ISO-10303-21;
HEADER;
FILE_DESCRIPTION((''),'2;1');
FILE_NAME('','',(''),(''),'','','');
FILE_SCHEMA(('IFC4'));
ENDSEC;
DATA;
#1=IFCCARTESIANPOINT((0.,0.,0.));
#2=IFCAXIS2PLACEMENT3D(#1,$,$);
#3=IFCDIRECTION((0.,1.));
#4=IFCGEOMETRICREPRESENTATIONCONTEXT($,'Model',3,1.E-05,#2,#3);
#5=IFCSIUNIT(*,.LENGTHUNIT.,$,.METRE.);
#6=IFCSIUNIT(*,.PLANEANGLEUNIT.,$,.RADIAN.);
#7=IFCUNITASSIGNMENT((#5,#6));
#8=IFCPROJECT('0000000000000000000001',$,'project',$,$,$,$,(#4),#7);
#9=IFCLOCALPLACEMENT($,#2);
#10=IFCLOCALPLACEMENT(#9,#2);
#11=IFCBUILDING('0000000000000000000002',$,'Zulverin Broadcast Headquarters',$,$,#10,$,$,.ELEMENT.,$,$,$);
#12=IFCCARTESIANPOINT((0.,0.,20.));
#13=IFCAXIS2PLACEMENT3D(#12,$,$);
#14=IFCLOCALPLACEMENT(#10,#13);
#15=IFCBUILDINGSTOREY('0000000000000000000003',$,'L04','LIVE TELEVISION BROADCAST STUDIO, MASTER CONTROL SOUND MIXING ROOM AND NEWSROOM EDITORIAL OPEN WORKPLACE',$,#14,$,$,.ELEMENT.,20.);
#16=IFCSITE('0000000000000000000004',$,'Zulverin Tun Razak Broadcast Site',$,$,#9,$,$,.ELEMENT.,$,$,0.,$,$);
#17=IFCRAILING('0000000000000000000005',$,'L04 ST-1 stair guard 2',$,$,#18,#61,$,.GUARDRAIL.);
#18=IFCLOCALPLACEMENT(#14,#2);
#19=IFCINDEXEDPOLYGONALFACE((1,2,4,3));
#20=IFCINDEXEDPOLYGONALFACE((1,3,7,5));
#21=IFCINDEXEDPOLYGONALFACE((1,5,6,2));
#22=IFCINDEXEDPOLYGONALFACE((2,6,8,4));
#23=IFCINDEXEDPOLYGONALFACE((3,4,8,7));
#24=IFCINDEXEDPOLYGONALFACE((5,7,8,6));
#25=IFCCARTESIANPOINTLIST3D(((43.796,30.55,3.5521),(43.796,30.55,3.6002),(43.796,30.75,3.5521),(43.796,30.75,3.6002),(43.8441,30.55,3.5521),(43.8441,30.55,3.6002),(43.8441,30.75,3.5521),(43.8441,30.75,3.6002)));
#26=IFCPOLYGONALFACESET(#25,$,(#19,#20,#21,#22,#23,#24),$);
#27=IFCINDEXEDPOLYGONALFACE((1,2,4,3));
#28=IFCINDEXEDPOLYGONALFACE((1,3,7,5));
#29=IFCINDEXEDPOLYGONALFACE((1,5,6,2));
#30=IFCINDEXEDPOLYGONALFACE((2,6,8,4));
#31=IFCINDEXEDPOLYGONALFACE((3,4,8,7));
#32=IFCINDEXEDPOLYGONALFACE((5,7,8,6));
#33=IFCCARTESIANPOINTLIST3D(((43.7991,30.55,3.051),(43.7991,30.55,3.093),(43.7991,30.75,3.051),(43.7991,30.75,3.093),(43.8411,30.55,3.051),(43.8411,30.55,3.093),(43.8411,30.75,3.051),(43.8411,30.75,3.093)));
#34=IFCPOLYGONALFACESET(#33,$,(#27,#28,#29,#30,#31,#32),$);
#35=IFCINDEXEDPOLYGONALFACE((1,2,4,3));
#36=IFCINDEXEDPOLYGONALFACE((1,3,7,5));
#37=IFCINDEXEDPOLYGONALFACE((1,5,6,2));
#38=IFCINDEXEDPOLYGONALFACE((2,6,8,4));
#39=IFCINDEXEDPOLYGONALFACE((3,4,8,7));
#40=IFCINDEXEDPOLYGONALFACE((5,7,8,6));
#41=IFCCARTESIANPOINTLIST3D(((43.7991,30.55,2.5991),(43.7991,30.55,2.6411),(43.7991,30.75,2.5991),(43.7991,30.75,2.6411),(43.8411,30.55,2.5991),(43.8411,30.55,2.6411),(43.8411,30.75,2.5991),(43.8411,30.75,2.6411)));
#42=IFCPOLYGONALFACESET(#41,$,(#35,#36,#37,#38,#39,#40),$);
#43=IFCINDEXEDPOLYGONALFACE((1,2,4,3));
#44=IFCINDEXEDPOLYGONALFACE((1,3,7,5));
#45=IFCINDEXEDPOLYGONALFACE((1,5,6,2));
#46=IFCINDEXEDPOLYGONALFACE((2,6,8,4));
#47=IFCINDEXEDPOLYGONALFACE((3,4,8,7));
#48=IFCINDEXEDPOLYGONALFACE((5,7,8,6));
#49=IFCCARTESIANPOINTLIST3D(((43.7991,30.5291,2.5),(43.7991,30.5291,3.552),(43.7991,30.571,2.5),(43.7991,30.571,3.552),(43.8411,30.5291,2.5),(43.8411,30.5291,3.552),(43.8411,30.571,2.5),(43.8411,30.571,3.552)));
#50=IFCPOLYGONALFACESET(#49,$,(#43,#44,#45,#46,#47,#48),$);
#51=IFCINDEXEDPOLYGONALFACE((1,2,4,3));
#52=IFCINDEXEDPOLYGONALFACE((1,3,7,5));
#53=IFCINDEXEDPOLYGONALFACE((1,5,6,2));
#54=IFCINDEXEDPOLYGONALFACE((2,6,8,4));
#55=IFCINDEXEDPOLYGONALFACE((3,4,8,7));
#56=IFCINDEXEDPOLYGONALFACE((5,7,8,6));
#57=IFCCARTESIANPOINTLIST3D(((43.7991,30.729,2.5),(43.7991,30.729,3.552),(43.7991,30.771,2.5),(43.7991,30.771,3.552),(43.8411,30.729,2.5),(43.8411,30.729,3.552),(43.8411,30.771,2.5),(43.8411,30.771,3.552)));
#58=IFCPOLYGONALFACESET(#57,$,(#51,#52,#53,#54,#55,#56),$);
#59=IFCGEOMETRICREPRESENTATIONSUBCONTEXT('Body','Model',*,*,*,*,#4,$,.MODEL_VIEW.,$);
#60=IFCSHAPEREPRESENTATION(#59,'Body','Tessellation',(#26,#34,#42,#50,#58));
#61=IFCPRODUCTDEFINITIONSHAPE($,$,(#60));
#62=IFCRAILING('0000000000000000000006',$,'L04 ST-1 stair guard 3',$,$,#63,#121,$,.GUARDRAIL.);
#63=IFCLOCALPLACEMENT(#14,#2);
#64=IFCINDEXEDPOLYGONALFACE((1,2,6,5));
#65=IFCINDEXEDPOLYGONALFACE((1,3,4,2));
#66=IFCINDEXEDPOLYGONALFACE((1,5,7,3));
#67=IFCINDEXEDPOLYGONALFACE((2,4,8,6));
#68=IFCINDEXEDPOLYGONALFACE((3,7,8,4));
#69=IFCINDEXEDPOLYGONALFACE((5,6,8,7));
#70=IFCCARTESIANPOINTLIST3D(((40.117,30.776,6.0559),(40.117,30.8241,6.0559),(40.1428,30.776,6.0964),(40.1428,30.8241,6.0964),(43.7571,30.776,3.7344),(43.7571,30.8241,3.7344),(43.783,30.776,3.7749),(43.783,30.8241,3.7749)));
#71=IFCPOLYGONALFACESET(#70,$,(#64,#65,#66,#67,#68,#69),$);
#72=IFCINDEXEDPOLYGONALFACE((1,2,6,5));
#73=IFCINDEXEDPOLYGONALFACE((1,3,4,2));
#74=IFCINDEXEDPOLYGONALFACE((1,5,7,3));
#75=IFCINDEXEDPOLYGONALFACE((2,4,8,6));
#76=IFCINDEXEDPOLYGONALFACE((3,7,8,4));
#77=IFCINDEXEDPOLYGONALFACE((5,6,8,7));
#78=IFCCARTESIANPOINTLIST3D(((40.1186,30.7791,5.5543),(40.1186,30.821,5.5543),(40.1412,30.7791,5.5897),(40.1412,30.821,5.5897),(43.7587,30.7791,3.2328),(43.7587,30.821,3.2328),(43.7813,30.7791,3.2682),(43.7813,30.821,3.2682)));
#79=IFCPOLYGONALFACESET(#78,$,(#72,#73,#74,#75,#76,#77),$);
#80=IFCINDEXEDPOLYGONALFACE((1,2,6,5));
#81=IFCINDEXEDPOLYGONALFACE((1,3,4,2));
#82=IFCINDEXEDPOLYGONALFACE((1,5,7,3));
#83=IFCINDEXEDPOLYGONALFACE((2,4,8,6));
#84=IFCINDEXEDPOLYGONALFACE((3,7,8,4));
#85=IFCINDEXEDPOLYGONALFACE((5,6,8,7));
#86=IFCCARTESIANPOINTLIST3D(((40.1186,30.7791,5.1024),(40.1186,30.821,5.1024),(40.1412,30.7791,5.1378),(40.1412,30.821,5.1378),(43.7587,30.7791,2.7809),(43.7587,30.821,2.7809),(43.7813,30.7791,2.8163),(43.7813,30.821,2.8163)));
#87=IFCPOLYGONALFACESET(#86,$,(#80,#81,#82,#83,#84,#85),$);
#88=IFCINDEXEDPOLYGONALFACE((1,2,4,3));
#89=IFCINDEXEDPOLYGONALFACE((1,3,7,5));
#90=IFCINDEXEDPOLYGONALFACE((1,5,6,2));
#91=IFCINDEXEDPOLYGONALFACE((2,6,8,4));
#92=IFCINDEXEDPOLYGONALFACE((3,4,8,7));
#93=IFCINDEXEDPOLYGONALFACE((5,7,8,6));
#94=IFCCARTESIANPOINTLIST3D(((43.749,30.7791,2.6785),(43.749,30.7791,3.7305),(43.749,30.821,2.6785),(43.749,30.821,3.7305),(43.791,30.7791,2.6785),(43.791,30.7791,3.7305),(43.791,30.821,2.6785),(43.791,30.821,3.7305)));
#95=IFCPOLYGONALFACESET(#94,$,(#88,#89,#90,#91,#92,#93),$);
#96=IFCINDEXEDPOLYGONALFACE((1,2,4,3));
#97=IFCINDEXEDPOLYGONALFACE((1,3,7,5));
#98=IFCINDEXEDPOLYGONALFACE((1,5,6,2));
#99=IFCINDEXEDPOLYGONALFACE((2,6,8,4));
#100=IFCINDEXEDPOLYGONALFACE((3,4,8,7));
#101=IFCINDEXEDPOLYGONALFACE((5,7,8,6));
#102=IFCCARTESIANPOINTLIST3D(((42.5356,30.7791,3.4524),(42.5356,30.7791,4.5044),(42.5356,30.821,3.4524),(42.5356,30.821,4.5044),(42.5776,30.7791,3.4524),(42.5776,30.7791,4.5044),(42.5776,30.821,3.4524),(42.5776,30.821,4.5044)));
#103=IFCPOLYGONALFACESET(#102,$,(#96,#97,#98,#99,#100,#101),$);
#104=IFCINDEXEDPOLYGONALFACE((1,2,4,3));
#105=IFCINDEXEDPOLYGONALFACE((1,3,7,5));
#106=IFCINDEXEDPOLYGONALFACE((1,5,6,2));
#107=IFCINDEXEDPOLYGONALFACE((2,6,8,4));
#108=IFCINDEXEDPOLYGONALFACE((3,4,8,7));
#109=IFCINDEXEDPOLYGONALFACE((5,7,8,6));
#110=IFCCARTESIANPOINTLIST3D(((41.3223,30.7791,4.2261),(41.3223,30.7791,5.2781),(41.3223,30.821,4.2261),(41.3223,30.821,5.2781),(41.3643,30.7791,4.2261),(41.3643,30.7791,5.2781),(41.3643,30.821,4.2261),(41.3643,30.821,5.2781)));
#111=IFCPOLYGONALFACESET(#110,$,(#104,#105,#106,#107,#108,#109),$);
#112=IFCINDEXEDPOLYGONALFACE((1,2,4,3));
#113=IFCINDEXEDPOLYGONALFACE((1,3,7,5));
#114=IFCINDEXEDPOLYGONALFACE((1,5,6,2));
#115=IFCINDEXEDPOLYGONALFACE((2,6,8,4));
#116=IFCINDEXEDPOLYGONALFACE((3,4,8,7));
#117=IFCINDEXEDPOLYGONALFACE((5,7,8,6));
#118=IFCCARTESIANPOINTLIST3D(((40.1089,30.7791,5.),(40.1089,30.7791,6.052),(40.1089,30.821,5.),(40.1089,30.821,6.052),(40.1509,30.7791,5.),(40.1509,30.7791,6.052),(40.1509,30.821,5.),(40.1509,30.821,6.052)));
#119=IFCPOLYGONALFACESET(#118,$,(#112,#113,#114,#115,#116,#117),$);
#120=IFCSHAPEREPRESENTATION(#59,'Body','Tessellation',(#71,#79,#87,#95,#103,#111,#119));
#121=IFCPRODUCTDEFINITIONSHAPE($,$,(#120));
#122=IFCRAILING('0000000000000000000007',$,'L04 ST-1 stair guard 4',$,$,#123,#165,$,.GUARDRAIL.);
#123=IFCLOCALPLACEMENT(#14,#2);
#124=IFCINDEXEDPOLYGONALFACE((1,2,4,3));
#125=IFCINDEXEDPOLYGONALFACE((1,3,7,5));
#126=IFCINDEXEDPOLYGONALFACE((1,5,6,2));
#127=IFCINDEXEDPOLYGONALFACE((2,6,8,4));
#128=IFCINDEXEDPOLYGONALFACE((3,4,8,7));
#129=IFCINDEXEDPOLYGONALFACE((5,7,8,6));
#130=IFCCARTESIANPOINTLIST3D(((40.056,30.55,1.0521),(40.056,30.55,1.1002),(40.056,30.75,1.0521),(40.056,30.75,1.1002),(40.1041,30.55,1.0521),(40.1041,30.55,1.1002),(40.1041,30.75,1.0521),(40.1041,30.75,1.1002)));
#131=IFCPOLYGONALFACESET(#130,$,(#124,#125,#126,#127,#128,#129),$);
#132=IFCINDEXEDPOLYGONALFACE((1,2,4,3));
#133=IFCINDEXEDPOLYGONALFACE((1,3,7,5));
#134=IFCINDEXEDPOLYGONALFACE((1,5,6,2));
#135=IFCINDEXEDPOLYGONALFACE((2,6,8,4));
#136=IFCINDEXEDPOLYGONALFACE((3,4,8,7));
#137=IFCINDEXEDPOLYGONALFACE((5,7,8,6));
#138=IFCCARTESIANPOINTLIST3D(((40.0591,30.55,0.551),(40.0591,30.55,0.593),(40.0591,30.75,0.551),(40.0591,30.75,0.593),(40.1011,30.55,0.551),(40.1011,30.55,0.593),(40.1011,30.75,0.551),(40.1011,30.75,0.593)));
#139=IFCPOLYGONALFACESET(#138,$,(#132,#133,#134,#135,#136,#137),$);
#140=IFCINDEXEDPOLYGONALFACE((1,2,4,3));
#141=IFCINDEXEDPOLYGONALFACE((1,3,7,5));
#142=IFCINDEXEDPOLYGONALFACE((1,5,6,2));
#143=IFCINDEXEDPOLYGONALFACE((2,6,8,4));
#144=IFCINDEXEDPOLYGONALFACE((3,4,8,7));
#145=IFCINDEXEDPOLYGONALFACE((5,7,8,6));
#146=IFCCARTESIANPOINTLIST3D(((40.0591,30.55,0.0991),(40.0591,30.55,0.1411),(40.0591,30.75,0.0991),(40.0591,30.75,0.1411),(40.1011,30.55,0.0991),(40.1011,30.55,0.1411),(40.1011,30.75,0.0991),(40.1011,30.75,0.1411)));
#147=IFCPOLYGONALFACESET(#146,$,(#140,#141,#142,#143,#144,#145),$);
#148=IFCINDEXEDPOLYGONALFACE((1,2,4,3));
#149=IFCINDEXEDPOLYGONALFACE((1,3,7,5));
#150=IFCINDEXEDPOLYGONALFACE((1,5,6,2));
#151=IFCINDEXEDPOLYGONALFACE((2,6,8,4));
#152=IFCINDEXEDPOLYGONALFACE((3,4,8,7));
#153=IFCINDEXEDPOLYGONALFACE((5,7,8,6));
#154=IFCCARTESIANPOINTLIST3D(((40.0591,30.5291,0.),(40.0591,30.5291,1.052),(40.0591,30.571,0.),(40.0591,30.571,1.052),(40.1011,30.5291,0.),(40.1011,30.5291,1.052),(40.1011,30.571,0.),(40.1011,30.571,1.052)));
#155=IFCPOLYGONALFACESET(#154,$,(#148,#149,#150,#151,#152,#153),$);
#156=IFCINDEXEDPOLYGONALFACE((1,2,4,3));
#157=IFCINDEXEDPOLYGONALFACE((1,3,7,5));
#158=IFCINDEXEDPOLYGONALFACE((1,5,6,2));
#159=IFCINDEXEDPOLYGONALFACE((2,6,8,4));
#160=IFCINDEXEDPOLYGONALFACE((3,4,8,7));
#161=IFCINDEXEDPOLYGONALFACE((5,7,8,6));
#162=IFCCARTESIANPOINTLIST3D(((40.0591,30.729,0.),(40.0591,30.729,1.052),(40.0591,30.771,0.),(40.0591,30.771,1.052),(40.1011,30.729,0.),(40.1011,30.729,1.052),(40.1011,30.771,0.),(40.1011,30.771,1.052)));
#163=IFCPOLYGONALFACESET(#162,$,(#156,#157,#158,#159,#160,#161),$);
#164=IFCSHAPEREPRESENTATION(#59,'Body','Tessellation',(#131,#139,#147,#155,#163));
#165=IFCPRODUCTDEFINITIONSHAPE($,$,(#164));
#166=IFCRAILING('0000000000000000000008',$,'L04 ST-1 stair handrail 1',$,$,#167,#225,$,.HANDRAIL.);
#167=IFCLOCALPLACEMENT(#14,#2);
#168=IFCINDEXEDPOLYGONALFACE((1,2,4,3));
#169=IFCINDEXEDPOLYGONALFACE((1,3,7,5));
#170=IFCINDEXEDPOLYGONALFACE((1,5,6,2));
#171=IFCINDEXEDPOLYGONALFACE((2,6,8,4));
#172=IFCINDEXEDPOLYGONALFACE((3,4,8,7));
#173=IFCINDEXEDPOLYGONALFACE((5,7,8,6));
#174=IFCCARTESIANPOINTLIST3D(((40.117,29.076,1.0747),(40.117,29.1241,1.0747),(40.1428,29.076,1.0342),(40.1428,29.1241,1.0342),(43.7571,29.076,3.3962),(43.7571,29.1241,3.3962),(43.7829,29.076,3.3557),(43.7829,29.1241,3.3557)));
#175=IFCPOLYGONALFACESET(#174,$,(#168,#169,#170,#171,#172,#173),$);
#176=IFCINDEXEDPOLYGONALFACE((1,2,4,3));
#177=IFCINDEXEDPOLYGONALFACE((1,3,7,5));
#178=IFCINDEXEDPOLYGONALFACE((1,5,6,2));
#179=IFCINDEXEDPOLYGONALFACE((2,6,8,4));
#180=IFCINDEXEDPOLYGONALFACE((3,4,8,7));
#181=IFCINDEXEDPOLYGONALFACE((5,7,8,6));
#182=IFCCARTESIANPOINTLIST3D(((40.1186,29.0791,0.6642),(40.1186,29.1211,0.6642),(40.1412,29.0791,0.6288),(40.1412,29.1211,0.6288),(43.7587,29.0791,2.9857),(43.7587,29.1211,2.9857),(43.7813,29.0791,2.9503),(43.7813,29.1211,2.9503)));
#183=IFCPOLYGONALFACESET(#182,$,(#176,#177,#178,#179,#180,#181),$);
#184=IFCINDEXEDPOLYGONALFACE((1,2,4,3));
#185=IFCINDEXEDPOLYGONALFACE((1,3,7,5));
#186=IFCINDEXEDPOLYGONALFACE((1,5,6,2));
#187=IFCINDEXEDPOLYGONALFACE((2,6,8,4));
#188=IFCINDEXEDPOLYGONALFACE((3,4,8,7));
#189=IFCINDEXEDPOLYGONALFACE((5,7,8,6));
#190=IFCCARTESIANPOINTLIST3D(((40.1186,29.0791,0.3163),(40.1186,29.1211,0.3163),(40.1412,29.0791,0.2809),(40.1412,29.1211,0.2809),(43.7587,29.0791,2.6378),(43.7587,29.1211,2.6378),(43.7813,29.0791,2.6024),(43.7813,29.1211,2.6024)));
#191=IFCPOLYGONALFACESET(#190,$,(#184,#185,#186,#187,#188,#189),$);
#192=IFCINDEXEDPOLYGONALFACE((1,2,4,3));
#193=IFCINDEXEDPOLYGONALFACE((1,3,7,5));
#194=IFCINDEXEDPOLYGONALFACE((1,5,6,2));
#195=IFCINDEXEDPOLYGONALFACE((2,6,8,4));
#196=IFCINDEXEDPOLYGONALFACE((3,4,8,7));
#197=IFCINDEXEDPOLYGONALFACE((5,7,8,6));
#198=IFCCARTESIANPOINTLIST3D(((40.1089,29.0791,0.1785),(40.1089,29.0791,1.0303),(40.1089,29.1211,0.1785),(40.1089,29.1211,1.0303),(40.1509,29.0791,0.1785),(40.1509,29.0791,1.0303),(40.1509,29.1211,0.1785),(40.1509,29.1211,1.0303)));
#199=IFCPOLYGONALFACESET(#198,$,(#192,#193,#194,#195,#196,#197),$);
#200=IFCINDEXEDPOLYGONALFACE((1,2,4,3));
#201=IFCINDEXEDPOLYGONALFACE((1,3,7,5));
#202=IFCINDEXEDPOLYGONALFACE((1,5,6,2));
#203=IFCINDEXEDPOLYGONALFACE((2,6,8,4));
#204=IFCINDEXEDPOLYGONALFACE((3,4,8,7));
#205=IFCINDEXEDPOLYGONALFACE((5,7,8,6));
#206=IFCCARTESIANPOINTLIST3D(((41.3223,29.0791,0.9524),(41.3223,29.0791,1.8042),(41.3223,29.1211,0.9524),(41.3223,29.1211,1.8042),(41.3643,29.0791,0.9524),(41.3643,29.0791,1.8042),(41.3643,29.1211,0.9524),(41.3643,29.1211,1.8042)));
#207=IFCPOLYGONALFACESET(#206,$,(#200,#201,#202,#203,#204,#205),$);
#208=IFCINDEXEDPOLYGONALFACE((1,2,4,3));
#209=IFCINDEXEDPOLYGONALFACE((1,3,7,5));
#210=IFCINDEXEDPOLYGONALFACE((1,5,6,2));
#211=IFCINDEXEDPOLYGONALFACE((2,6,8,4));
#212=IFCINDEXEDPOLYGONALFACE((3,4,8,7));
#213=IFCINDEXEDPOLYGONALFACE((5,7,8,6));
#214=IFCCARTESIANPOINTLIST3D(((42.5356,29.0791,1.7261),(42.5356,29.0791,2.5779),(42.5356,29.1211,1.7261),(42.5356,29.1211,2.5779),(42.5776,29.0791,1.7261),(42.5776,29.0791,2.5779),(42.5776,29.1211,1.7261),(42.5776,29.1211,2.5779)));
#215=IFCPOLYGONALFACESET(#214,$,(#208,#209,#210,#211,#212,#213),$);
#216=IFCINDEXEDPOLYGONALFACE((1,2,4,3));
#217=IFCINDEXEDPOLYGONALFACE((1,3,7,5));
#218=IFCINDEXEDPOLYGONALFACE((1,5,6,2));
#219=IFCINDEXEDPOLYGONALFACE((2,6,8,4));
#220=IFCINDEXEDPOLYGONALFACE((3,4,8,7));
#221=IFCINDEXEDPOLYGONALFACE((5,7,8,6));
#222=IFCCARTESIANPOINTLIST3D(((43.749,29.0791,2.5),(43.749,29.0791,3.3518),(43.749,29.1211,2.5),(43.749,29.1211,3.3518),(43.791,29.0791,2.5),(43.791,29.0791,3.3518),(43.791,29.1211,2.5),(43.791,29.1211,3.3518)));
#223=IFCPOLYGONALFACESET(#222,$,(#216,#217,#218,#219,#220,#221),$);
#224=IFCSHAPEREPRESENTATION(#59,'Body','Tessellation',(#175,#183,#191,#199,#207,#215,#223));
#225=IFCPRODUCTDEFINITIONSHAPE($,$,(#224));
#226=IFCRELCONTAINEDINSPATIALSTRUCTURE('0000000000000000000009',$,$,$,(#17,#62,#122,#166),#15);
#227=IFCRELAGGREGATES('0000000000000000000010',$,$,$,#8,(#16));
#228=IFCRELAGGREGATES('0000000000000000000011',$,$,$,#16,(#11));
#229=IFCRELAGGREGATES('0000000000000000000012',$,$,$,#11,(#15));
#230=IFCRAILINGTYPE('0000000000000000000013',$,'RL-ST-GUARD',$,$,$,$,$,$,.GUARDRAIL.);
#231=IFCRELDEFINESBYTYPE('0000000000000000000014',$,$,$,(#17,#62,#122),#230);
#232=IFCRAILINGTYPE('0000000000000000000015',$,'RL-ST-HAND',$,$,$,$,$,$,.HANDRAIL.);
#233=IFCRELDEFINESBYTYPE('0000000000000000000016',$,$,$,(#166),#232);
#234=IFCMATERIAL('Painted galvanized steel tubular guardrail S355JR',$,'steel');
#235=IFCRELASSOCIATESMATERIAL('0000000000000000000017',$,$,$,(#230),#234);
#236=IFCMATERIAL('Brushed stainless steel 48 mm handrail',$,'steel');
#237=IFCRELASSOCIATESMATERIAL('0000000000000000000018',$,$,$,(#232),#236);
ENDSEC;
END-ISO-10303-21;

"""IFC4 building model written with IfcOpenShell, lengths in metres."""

from ifc_helpers import new_model, si_unit, direction, frame, origin, origin_2d, place, context, subcontext, project, spatial, rectangle, extrude, material, type_object, element, save


model = new_model("IFC4")

# Units and contexts
model_context = context("Model", 3, precision=1e-05, world=origin(), true_north=direction((0.0, 1.0)))
body_context = subcontext(model_context, "Body", "Model", "MODEL_VIEW")
ifc_project = project(units=[si_unit("LENGTHUNIT", "METRE"), si_unit("PLANEANGLEUNIT", "RADIAN")], contexts=[model_context])

# Site, building, storey
site_placement = place(None, origin())
site = spatial("IfcSite", under=ifc_project, at=site_placement, Name="Zulverin Tun Razak Broadcast Site", CompositionType="ELEMENT", RefElevation=0.0)
building_placement = place(site_placement, origin())
building = spatial("IfcBuilding", under=site, at=building_placement, Name="Zulverin Broadcast Headquarters", CompositionType="ELEMENT")
storey_placement = place(building_placement, frame((0.0, 0.0, 20.0)))
storey = spatial("IfcBuildingStorey", under=building, at=storey_placement, Name="L04", Description="LIVE TELEVISION BROADCAST STUDIO, MASTER CONTROL SOUND MIXING ROOM AND NEWSROOM EDITORIAL OPEN WORKPLACE", CompositionType="ELEMENT", Elevation=20.0)

# Railings
ifc_material_1 = material(Name="Painted galvanized steel tubular guardrail S355JR", Category="steel")
railing_type_1 = type_object("IfcRailingType", Name="RL-ST-GUARD", PredefinedType="GUARDRAIL", material=ifc_material_1)
railing_1_placement = place(storey_placement, frame((43.8201, 30.55, 2.5)))
element("IfcRailing", 1, at=railing_1_placement, inside=storey, type_object=railing_type_1, Name="L04 ST-1 stair guard 2", PredefinedType="GUARDRAIL", context=body_context, shape_type="SweptSolid", body=[
    extrude(rectangle(XDim=0.0481, YDim=0.0481, at=origin_2d()), frame((0.0, 0.0, 1.0762), z_axis=(0.0, 1.0, 0.0), x_axis=(-1.0, 0.0, 0.0)), (0.0, 0.0, 1.0), 0.2),
    extrude(rectangle(XDim=0.042, YDim=0.042, at=origin_2d()), frame((0.0, 0.0, 0.572), z_axis=(0.0, 1.0, 0.0), x_axis=(-1.0, 0.0, 0.0)), (0.0, 0.0, 1.0), 0.2),
    extrude(rectangle(XDim=0.042, YDim=0.042, at=origin_2d()), frame((0.0, 0.0, 0.1201), z_axis=(0.0, 1.0, 0.0), x_axis=(-1.0, 0.0, 0.0)), (0.0, 0.0, 1.0), 0.2),
    extrude(rectangle(XDim=0.042, YDim=0.042, at=origin_2d()), origin(), (0.0, 0.0, 1.0), 1.052),
    extrude(rectangle(XDim=0.042, YDim=0.042, at=origin_2d()), frame((0.0, 0.2, 0.0)), (0.0, 0.0, 1.0), 1.052),
])
railing_2_placement = place(storey_placement, frame((43.77, 30.8, 2.6785)))
element("IfcRailing", 2, at=railing_2_placement, inside=storey, type_object=railing_type_1, Name="L04 ST-1 stair guard 3", PredefinedType="GUARDRAIL", context=body_context, shape_type="SweptSolid", body=[
    extrude(rectangle(XDim=0.0481, YDim=0.0481, at=origin_2d()), frame((0.0, 0.0, 1.0762), z_axis=(-0.843128, 0.0, 0.537713), x_axis=(0.0, -1.0, 0.0)), (0.0, 0.0, 1.0), 4.3174),
    extrude(rectangle(XDim=0.042, YDim=0.042, at=origin_2d()), frame((0.0, 0.0, 0.572), z_axis=(-0.843128, 0.0, 0.537713), x_axis=(0.0, -1.0, 0.0)), (0.0, 0.0, 1.0), 4.3174),
    extrude(rectangle(XDim=0.042, YDim=0.042, at=origin_2d()), frame((0.0, 0.0, 0.1201), z_axis=(-0.843128, 0.0, 0.537713), x_axis=(0.0, -1.0, 0.0)), (0.0, 0.0, 1.0), 4.3174),
    extrude(rectangle(XDim=0.042, YDim=0.042, at=origin_2d()), origin(), (0.0, 0.0, 1.0), 1.052),
    extrude(rectangle(XDim=0.042, YDim=0.042, at=origin_2d()), frame((-1.2134, 0.0, 0.7739)), (0.0, 0.0, 1.0), 1.052),
    extrude(rectangle(XDim=0.042, YDim=0.042, at=origin_2d()), frame((-2.4268, 0.0, 1.5476)), (0.0, 0.0, 1.0), 1.052),
    extrude(rectangle(XDim=0.042, YDim=0.042, at=origin_2d()), frame((-3.6401, 0.0, 2.3215)), (0.0, 0.0, 1.0), 1.052),
])
railing_3_placement = place(storey_placement, frame((40.0801, 30.55, 0.0)))
element("IfcRailing", 3, at=railing_3_placement, inside=storey, type_object=railing_type_1, Name="L04 ST-1 stair guard 4", PredefinedType="GUARDRAIL", context=body_context, shape_type="SweptSolid", body=[
    extrude(rectangle(XDim=0.0481, YDim=0.0481, at=origin_2d()), frame((0.0, 0.0, 1.0762), z_axis=(0.0, 1.0, 0.0), x_axis=(-1.0, 0.0, 0.0)), (0.0, 0.0, 1.0), 0.2),
    extrude(rectangle(XDim=0.042, YDim=0.042, at=origin_2d()), frame((0.0, 0.0, 0.572), z_axis=(0.0, 1.0, 0.0), x_axis=(-1.0, 0.0, 0.0)), (0.0, 0.0, 1.0), 0.2),
    extrude(rectangle(XDim=0.042, YDim=0.042, at=origin_2d()), frame((0.0, 0.0, 0.1201), z_axis=(0.0, 1.0, 0.0), x_axis=(-1.0, 0.0, 0.0)), (0.0, 0.0, 1.0), 0.2),
    extrude(rectangle(XDim=0.042, YDim=0.042, at=origin_2d()), origin(), (0.0, 0.0, 1.0), 1.052),
    extrude(rectangle(XDim=0.042, YDim=0.042, at=origin_2d()), frame((0.0, 0.2, 0.0)), (0.0, 0.0, 1.0), 1.052),
])
ifc_material_2 = material(Name="Brushed stainless steel 48 mm handrail", Category="steel")
railing_type_2 = type_object("IfcRailingType", Name="RL-ST-HAND", PredefinedType="HANDRAIL", material=ifc_material_2)
railing_4_placement = place(storey_placement, frame((40.1299, 29.1001, 0.1785)))
element("IfcRailing", 4, at=railing_4_placement, inside=storey, type_object=railing_type_2, Name="L04 ST-1 stair handrail 1", PredefinedType="HANDRAIL", context=body_context, shape_type="SweptSolid", body=[
    extrude(rectangle(XDim=0.0481, YDim=0.0481, at=origin_2d()), frame((0.0, 0.0, 0.876), z_axis=(0.843128, 0.0, 0.537713), x_axis=(0.0, 1.0, 0.0)), (0.0, 0.0, 1.0), 4.3174),
    extrude(rectangle(XDim=0.042, YDim=0.042, at=origin_2d()), frame((0.0, 0.0, 0.468), z_axis=(0.843128, 0.0, 0.537713), x_axis=(0.0, 1.0, 0.0)), (0.0, 0.0, 1.0), 4.3174),
    extrude(rectangle(XDim=0.042, YDim=0.042, at=origin_2d()), frame((0.0, 0.0, 0.1201), z_axis=(0.843128, 0.0, 0.537713), x_axis=(0.0, 1.0, 0.0)), (0.0, 0.0, 1.0), 4.3174),
    extrude(rectangle(XDim=0.042, YDim=0.042, at=origin_2d()), origin(), (0.0, 0.0, 1.0), 0.8518),
    extrude(rectangle(XDim=0.042, YDim=0.042, at=origin_2d()), frame((1.2134, 0.0, 0.7739)), (0.0, 0.0, 1.0), 0.8518),
    extrude(rectangle(XDim=0.042, YDim=0.042, at=origin_2d()), frame((2.4268, 0.0, 1.5476)), (0.0, 0.0, 1.0), 0.8518),
    extrude(rectangle(XDim=0.042, YDim=0.042, at=origin_2d()), frame((3.6401, 0.0, 2.3215)), (0.0, 0.0, 1.0), 0.8518),
])

save(model, "model.ifc")
